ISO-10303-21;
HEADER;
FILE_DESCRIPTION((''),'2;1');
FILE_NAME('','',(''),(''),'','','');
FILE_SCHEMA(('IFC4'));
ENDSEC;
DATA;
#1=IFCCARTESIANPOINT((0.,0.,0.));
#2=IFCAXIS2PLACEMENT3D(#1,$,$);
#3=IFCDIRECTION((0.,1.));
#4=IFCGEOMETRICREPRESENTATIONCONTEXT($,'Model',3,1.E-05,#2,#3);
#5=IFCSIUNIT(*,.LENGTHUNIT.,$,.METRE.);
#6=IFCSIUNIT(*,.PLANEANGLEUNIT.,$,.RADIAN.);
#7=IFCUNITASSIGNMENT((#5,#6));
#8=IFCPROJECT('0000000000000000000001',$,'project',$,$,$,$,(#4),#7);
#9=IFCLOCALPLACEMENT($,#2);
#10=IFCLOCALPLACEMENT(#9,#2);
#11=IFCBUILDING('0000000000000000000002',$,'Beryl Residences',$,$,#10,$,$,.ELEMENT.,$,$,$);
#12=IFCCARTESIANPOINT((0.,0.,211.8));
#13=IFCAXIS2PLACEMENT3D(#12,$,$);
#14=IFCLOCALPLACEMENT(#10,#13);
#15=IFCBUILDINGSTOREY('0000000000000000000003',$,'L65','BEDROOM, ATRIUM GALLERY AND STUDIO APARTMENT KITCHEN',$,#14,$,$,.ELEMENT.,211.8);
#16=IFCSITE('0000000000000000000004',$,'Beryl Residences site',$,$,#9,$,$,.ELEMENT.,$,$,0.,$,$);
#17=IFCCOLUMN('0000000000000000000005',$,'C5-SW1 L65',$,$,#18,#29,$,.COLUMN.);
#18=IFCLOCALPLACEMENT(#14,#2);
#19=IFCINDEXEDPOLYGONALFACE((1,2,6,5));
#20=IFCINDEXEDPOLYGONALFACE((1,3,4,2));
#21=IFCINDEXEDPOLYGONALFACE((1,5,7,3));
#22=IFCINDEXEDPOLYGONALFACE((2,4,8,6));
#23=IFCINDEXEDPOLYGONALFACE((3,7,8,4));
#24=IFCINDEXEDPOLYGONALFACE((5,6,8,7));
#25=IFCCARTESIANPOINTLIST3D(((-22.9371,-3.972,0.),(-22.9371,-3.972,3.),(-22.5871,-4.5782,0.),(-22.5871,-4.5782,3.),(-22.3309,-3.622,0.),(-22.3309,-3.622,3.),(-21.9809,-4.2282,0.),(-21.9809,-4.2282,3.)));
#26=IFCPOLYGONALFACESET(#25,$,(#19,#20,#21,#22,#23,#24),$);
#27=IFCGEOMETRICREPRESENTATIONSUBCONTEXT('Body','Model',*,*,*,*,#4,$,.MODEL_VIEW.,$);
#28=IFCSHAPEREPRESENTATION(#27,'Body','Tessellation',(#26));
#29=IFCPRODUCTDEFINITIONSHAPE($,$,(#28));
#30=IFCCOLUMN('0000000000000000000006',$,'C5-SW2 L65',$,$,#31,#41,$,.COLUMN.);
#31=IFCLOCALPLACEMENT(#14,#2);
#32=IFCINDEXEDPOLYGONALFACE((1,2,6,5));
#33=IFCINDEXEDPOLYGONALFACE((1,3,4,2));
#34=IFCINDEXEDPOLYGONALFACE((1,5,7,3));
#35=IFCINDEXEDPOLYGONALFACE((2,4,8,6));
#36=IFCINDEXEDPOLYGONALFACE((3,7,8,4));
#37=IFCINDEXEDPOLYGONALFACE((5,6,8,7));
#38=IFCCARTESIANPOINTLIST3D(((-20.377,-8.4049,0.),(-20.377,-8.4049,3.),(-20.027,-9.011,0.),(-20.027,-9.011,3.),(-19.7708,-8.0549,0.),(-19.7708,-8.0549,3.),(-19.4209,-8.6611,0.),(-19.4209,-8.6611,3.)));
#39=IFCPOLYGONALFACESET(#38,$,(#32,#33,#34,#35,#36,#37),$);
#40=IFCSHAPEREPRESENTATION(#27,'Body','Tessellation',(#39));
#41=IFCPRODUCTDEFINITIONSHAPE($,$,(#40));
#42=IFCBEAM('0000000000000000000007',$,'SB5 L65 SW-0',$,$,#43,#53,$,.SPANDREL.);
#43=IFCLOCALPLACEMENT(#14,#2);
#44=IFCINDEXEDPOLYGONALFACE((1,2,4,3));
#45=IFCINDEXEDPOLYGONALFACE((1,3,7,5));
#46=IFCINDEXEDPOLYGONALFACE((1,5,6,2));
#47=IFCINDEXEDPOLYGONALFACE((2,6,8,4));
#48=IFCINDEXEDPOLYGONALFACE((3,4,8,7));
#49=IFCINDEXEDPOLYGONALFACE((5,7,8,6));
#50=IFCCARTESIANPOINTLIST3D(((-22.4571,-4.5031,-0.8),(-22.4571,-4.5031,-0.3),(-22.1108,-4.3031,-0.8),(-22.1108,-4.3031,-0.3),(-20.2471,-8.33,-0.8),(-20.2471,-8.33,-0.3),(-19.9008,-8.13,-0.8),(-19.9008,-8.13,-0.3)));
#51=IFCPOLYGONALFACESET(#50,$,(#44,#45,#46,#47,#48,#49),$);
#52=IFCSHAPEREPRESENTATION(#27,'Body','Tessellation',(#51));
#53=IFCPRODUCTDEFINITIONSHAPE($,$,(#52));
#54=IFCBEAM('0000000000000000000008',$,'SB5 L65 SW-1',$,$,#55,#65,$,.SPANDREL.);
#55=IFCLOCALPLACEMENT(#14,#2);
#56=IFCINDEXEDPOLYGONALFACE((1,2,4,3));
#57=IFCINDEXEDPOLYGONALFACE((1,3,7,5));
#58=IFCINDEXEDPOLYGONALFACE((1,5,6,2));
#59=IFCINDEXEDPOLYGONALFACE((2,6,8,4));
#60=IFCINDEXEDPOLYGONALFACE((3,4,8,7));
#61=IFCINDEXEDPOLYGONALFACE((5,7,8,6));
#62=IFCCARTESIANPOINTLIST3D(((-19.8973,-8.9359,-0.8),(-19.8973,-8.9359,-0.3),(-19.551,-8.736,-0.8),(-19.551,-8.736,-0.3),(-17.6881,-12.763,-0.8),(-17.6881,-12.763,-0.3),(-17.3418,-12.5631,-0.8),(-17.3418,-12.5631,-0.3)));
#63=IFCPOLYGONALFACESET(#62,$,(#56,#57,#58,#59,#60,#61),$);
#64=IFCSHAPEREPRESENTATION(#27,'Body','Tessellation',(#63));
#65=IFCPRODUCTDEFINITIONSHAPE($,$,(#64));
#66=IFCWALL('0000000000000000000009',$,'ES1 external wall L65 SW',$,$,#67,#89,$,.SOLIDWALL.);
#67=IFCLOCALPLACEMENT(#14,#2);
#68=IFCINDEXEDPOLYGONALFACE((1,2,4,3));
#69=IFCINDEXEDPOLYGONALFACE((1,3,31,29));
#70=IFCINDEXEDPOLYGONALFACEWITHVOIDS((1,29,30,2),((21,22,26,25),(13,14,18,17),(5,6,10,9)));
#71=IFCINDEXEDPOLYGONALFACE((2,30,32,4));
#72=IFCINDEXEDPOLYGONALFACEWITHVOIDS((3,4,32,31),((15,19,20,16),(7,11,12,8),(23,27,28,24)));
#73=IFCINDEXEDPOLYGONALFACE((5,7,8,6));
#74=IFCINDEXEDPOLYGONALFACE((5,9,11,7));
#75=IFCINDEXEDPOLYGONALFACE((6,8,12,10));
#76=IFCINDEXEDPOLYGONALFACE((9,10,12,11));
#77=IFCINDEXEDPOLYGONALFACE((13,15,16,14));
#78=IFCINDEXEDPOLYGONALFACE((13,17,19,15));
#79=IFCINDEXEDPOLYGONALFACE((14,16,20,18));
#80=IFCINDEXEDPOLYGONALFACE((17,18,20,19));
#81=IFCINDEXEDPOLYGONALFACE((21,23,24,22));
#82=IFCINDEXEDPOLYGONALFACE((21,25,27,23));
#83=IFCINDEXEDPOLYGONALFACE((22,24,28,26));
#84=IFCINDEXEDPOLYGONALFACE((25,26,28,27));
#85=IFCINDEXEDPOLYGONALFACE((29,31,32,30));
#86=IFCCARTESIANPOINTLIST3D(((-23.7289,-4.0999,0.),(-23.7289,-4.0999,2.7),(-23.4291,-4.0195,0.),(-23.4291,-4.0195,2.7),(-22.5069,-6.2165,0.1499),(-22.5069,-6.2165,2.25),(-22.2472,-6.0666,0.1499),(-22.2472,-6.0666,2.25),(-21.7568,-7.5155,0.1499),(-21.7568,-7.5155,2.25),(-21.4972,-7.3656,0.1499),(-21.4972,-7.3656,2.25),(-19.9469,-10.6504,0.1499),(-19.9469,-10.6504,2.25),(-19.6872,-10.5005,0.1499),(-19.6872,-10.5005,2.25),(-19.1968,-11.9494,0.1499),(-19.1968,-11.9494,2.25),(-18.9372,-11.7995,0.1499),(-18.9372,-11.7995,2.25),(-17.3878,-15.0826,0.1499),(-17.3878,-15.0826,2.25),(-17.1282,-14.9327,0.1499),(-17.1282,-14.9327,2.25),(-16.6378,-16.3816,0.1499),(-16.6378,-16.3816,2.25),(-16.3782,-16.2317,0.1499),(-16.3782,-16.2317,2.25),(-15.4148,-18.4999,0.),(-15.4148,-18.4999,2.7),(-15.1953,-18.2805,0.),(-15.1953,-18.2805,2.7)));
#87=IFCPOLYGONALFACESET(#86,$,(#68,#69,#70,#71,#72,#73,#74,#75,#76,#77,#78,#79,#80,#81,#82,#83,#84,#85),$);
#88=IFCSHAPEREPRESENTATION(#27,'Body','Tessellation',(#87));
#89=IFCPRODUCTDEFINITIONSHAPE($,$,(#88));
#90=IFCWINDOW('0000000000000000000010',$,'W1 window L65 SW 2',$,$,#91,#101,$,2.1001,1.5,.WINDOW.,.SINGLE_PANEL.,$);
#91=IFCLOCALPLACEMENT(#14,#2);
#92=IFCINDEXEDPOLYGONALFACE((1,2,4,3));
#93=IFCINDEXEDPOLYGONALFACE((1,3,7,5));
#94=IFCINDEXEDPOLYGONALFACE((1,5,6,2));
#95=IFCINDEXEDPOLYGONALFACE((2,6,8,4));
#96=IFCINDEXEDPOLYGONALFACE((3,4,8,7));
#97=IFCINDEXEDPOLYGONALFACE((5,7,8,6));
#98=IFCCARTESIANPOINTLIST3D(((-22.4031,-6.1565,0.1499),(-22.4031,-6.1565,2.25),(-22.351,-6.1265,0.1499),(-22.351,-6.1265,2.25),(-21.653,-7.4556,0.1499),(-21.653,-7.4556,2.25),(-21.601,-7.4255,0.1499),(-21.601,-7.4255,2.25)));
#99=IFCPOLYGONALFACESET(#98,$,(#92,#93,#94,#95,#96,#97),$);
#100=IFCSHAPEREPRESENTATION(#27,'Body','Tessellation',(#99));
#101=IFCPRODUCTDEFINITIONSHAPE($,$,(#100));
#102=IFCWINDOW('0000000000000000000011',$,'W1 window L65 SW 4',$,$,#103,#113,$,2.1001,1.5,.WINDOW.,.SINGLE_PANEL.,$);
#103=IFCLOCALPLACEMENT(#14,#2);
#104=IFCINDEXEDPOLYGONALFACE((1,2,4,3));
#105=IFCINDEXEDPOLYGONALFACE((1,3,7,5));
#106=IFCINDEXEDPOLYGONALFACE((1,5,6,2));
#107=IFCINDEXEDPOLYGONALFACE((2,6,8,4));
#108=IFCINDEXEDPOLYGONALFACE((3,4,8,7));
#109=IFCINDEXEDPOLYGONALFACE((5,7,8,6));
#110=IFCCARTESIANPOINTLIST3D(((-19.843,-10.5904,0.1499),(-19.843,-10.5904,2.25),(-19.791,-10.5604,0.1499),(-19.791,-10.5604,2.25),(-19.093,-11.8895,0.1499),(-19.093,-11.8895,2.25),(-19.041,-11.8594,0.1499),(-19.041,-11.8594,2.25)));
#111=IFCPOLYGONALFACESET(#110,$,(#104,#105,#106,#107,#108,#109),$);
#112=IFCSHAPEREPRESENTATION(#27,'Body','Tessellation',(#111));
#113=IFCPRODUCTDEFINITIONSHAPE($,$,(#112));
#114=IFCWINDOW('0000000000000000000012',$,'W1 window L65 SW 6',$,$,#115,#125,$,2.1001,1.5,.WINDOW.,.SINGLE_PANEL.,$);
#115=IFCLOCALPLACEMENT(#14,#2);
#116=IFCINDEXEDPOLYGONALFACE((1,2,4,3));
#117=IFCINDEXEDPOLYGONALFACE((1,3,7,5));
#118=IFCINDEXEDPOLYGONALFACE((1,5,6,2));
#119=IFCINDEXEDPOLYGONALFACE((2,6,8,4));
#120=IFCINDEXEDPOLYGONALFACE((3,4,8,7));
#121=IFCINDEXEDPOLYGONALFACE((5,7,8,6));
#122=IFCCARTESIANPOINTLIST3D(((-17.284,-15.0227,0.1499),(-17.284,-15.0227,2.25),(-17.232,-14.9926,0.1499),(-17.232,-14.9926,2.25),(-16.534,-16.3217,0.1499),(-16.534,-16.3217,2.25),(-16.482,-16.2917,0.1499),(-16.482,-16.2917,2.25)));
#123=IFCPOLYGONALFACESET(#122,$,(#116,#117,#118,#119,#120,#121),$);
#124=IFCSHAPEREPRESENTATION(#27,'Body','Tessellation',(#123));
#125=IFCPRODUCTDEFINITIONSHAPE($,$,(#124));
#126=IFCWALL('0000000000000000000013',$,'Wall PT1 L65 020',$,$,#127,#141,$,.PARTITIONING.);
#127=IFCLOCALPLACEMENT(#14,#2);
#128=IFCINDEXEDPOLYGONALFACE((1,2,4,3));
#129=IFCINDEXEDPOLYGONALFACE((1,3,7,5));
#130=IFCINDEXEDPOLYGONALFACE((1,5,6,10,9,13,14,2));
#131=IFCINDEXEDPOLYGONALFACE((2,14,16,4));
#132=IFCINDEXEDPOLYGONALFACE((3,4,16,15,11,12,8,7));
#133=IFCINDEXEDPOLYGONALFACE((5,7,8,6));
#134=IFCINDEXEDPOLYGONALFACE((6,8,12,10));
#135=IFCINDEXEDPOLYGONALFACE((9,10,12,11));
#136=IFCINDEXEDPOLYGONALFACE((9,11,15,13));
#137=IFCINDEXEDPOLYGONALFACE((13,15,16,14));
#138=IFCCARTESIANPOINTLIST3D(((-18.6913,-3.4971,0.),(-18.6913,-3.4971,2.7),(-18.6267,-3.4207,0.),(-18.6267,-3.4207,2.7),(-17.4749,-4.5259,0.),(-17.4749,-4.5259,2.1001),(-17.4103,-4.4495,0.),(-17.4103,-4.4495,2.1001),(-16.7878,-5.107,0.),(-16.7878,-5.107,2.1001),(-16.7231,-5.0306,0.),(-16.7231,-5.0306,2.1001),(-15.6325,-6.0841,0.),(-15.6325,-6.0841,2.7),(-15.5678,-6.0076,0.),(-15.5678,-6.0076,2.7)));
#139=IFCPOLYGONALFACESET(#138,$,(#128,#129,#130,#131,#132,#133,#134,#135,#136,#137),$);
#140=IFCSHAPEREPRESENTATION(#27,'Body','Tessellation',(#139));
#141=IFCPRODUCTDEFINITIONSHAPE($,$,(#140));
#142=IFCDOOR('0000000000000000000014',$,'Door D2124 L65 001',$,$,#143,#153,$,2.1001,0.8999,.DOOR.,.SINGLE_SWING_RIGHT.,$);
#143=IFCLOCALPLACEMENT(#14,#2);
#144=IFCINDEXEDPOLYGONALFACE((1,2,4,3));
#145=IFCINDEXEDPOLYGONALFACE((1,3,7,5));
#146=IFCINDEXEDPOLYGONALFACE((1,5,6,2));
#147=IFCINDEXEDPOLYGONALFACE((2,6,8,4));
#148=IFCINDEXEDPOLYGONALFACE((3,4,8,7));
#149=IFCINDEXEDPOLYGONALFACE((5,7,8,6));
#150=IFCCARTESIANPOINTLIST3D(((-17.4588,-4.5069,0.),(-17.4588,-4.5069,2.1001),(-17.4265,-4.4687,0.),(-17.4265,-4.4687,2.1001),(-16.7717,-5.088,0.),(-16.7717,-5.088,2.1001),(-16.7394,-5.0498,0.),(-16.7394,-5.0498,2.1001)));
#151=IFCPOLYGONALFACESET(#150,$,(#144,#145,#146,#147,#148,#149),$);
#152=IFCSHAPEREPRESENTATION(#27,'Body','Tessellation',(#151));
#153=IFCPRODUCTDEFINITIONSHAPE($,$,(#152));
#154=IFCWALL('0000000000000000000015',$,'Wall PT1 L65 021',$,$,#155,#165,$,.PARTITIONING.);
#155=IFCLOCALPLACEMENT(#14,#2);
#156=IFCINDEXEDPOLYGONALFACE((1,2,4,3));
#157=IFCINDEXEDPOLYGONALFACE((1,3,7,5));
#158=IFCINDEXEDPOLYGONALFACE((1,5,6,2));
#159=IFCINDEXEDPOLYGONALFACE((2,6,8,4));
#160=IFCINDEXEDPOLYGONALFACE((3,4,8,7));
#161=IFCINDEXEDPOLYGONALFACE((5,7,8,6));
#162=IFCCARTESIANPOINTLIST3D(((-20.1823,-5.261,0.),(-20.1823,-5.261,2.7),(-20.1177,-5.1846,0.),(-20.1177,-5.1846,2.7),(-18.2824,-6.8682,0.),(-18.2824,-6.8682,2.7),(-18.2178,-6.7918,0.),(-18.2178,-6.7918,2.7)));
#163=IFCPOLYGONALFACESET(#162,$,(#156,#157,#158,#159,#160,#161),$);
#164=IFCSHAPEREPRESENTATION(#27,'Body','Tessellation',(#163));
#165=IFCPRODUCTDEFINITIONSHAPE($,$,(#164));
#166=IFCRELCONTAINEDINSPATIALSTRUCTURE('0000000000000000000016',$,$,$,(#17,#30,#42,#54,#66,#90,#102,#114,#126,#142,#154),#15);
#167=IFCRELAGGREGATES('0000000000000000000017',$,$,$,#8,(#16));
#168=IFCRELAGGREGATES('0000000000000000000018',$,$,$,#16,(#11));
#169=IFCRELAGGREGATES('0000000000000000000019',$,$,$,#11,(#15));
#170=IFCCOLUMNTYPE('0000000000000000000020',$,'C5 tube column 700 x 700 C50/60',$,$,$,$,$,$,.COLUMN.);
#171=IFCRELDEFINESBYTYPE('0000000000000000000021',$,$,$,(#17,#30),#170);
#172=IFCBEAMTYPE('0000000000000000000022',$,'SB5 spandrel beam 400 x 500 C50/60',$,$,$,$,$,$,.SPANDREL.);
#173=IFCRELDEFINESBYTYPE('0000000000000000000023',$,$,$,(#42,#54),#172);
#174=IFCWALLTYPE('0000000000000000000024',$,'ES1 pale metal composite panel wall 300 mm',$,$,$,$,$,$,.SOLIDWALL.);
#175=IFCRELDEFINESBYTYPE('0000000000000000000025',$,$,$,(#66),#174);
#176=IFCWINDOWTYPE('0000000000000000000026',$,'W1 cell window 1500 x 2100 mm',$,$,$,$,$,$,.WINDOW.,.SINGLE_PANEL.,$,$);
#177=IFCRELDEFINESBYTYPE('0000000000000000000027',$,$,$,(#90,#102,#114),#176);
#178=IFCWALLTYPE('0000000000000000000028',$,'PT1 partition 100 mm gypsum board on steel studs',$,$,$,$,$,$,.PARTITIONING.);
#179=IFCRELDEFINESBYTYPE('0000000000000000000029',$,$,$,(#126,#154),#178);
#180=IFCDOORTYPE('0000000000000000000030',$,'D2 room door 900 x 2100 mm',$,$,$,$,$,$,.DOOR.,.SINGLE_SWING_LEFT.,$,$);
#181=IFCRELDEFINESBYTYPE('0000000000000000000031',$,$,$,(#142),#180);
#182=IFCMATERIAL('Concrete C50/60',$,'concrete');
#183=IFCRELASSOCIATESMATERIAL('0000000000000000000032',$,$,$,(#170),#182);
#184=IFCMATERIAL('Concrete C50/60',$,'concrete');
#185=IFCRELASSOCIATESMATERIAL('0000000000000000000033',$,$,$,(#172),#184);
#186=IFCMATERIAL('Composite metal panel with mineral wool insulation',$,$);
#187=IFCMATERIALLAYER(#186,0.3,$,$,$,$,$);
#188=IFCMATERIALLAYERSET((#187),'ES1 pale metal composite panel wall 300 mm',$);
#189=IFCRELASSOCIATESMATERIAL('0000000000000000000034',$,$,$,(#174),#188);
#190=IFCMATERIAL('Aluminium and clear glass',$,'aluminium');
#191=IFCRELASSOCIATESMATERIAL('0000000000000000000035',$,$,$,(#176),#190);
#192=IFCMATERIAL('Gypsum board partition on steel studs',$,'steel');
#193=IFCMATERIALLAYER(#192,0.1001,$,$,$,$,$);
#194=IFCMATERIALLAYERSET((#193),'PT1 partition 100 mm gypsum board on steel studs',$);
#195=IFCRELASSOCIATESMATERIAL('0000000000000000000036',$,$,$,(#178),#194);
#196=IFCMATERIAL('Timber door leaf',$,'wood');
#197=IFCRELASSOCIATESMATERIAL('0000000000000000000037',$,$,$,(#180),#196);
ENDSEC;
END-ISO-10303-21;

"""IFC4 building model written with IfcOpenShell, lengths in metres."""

from ifc_helpers import new_model, si_unit, direction, frame, frame_2d, origin, origin_2d, place, context, subcontext, project, spatial, polyline, rectangle, outline, extrude, material, layer, layer_set, material_profile, profile_set, type_object, element, fill, save


model = new_model("IFC4")

# Units and contexts
model_context = context("Model", 3, precision=1e-05, world=origin(), true_north=direction((0.0, 1.0)))
body_context = subcontext(model_context, "Body", "Model", "MODEL_VIEW")
ifc_project = project(units=[si_unit("LENGTHUNIT", "METRE"), si_unit("PLANEANGLEUNIT", "RADIAN")], contexts=[model_context])

# Site, building, storey
site_placement = place(None, origin())
site = spatial("IfcSite", under=ifc_project, at=site_placement, Name="Beryl Residences site", CompositionType="ELEMENT", RefElevation=0.0)
building_placement = place(site_placement, origin())
building = spatial("IfcBuilding", under=site, at=building_placement, Name="Beryl Residences", CompositionType="ELEMENT")
storey_placement = place(building_placement, frame((0.0, 0.0, 211.8)))
storey = spatial("IfcBuildingStorey", under=building, at=storey_placement, Name="L65", Description="BEDROOM, ATRIUM GALLERY AND STUDIO APARTMENT KITCHEN", CompositionType="ELEMENT", Elevation=211.8)

# Columns
ifc_material_1 = material(Name="Concrete C50/60", Category="concrete")
ifc_material_profile_1 = material_profile(ifc_material_1, rectangle(XDim=0.7, YDim=0.7, at=origin_2d()))
ifc_profile_set_1 = profile_set([ifc_material_profile_1], Name="Concrete C50/60")
column_type = type_object("IfcColumnType", Name="C5 tube column 700 x 700 C50/60", PredefinedType="COLUMN", material=ifc_profile_set_1)
for number, where, z_axis, x_axis, name in (
    (1, (-22.459, -4.1001, 0.0), (0.0, 0.0, 1.0), (0.499985, -0.866034, 0.0), "C5-SW1 L65"),
    (2, (-19.8989, -8.533, 0.0), (0.0, 0.0, 1.0), (0.499985, -0.866034, 0.0), "C5-SW2 L65"),
):
    element("IfcColumn", number, at=place(storey_placement, frame(where, z_axis=z_axis, x_axis=x_axis)), inside=storey, type_object=column_type, Name=name, PredefinedType="COLUMN", context=body_context, shape_type="SweptSolid", body=[
        extrude(rectangle(XDim=0.7, YDim=0.7, at=origin_2d()), origin(), (0.0, 0.0, 1.0), 3.0),
    ])

# Beams
ifc_material_2 = material(Name="Concrete C50/60", Category="concrete")
ifc_material_profile_2 = material_profile(ifc_material_2, rectangle(XDim=0.3999, YDim=0.5, at=origin_2d()))
ifc_profile_set_2 = profile_set([ifc_material_profile_2], Name="Concrete C50/60")
beam_type = type_object("IfcBeamType", Name="SB5 spandrel beam 400 x 500 C50/60", PredefinedType="SPANDREL", material=ifc_profile_set_2)
beam_1_placement = place(storey_placement, frame((-22.2839, -4.4031, -0.55), z_axis=(0.500084, -0.865977, 0.0), x_axis=(0.865977, 0.500084, 0.0)))
element("IfcBeam", 3, at=beam_1_placement, inside=storey, type_object=beam_type, Name="SB5 L65 SW-0", PredefinedType="SPANDREL", context=body_context, shape_type="SweptSolid", body=[
    extrude(rectangle(XDim=0.3999, YDim=0.5, at=origin_2d()), origin(), (0.0, 0.0, 1.0), 4.4192),
])
beam_2_placement = place(storey_placement, frame((-19.7241, -8.8359, -0.55), z_axis=(0.499936, -0.866062, 0.0), x_axis=(0.866062, 0.499936, 0.0)))
element("IfcBeam", 4, at=beam_2_placement, inside=storey, type_object=beam_type, Name="SB5 L65 SW-1", PredefinedType="SPANDREL", context=body_context, shape_type="SweptSolid", body=[
    extrude(rectangle(XDim=0.3999, YDim=0.5, at=origin_2d()), origin(), (0.0, 0.0, 1.0), 4.4189),
])

# Wall, openings, windows
ifc_material_3 = material(Name="Composite metal panel with mineral wool insulation")
ifc_layer_1 = layer(ifc_material_3, 0.3)
ifc_layer_set_1 = layer_set([ifc_layer_1], Name="ES1 pale metal composite panel wall 300 mm")
wall_type_1 = type_object("IfcWallType", Name="ES1 pale metal composite panel wall 300 mm", PredefinedType="SOLIDWALL", material=ifc_layer_set_1)
wall_1_placement = place(storey_placement, frame((-23.5991, -4.0249, 0.0), z_axis=(0.0, 0.0, 1.0), x_axis=(0.500013, -0.866018, 0.0)))
wall_1 = element("IfcWall", 5, at=wall_1_placement, inside=storey, type_object=wall_type_1, Name="ES1 external wall L65 SW", PredefinedType="SOLIDWALL", context=body_context, shape_type="SweptSolid", body=[
    extrude(outline(polyline([(0.0, -0.1499), (16.6279, -0.1499), (16.5476, 0.1499), (0.0803, 0.1499), (0.0, -0.1499)])), origin(), (0.0, 0.0, 1.0), 2.7),
])
opening_1_placement = place(wall_1_placement, frame((2.4441, 0.0, 0.1499)))
opening_1 = element("IfcOpeningElement", 6, at=opening_1_placement, cuts=wall_1, PredefinedType="OPENING", context=body_context, shape_type="SweptSolid", body=[
    extrude(rectangle(XDim=1.5, YDim=2.1001, at=frame_2d((0.75, 1.05))), frame((0.0, 0.1599, 0.0), z_axis=(0.0, -1.0, 0.0), x_axis=(1.0, 0.0, 0.0)), (0.0, 0.0, 1.0), 0.3201),
])
opening_2_placement = place(wall_1_placement, frame((7.564, 0.0, 0.1499)))
opening_2 = element("IfcOpeningElement", 7, at=opening_2_placement, cuts=wall_1, PredefinedType="OPENING", context=body_context, shape_type="SweptSolid", body=[
    extrude(rectangle(XDim=1.5, YDim=2.1001, at=frame_2d((0.75, 1.05))), frame((0.0, 0.1599, 0.0), z_axis=(0.0, -1.0, 0.0), x_axis=(1.0, 0.0, 0.0)), (0.0, 0.0, 1.0), 0.3201),
])
opening_3_placement = place(wall_1_placement, frame((12.6819, 0.0, 0.1499)))
opening_3 = element("IfcOpeningElement", 8, at=opening_3_placement, cuts=wall_1, PredefinedType="OPENING", context=body_context, shape_type="SweptSolid", body=[
    extrude(rectangle(XDim=1.5, YDim=2.1001, at=frame_2d((0.75, 1.05))), frame((0.0, 0.1599, 0.0), z_axis=(0.0, -1.0, 0.0), x_axis=(1.0, 0.0, 0.0)), (0.0, 0.0, 1.0), 0.3201),
])
ifc_material_4 = material(Name="Aluminium and clear glass", Category="aluminium")
window_type = type_object("IfcWindowType", Name="W1 cell window 1500 x 2100 mm", PartitioningType="SINGLE_PANEL", PredefinedType="WINDOW", material=ifc_material_4)
window_1_placement = place(opening_1_placement, origin())
window_1 = element("IfcWindow", 9, at=window_1_placement, inside=storey, type_object=window_type, Name="W1 window L65 SW 2", OverallHeight=2.1001, OverallWidth=1.5, PartitioningType="SINGLE_PANEL", PredefinedType="WINDOW", context=body_context, shape_type="SweptSolid", body=[
    extrude(rectangle(XDim=1.5, YDim=2.1001, at=frame_2d((0.75, 1.05))), frame((0.0, 0.03, 0.0), z_axis=(0.0, -1.0, 0.0), x_axis=(1.0, 0.0, 0.0)), (0.0, 0.0, 1.0), 0.0601),
])
fill(opening_1, window_1)
window_2_placement = place(opening_2_placement, origin())
window_2 = element("IfcWindow", 10, at=window_2_placement, inside=storey, type_object=window_type, Name="W1 window L65 SW 4", OverallHeight=2.1001, OverallWidth=1.5, PartitioningType="SINGLE_PANEL", PredefinedType="WINDOW", context=body_context, shape_type="SweptSolid", body=[
    extrude(rectangle(XDim=1.5, YDim=2.1001, at=frame_2d((0.75, 1.05))), frame((0.0, 0.03, 0.0), z_axis=(0.0, -1.0, 0.0), x_axis=(1.0, 0.0, 0.0)), (0.0, 0.0, 1.0), 0.0601),
])
fill(opening_2, window_2)
window_3_placement = place(opening_3_placement, origin())
window_3 = element("IfcWindow", 11, at=window_3_placement, inside=storey, type_object=window_type, Name="W1 window L65 SW 6", OverallHeight=2.1001, OverallWidth=1.5, PartitioningType="SINGLE_PANEL", PredefinedType="WINDOW", context=body_context, shape_type="SweptSolid", body=[
    extrude(rectangle(XDim=1.5, YDim=2.1001, at=frame_2d((0.75, 1.05))), frame((0.0, 0.03, 0.0), z_axis=(0.0, -1.0, 0.0), x_axis=(1.0, 0.0, 0.0)), (0.0, 0.0, 1.0), 0.0601),
])
fill(opening_3, window_3)

# Wall, opening, door
ifc_material_5 = material(Name="Gypsum board partition on steel studs", Category="steel")
ifc_layer_2 = layer(ifc_material_5, 0.1001)
ifc_layer_set_2 = layer_set([ifc_layer_2], Name="PT1 partition 100 mm gypsum board on steel studs")
wall_type_2 = type_object("IfcWallType", Name="PT1 partition 100 mm gypsum board on steel studs", PredefinedType="PARTITIONING", material=ifc_layer_set_2)
wall_2_placement = place(storey_placement, frame((-18.6589, -3.459, 0.0), z_axis=(0.0, 0.0, 1.0), x_axis=(0.76355, -0.645748, 0.0)))
wall_2 = element("IfcWall", 12, at=wall_2_placement, inside=storey, type_object=wall_type_2, Name="Wall PT1 L65 020", PredefinedType="PARTITIONING", context=body_context, shape_type="SweptSolid", body=[
    extrude(rectangle(XDim=4.0061, YDim=0.1001, at=frame_2d((2.0029, 0.0))), origin(), (0.0, 0.0, 1.0), 2.7),
])
opening_4_placement = place(wall_2_placement, frame((1.593, 0.0, 0.0)))
opening_4 = element("IfcOpeningElement", 13, at=opening_4_placement, cuts=wall_2, PredefinedType="OPENING", context=body_context, shape_type="SweptSolid", body=[
    extrude(rectangle(XDim=0.8999, YDim=2.1001, at=frame_2d((0.45, 1.05))), frame((0.0, 0.0601, 0.0), z_axis=(0.0, -1.0, 0.0), x_axis=(1.0, 0.0, 0.0)), (0.0, 0.0, 1.0), 0.1201),
])
ifc_material_6 = material(Name="Timber door leaf", Category="wood")
door_type_1 = type_object("IfcDoorType", Name="D2 room door 900 x 2100 mm", OperationType="SINGLE_SWING_LEFT", PredefinedType="DOOR", material=ifc_material_6)
door_1_placement = place(opening_4_placement, origin())
door_1 = element("IfcDoor", 14, at=door_1_placement, inside=storey, type_object=door_type_1, Name="Door D2124 L65 001", OperationType="SINGLE_SWING_RIGHT", OverallHeight=2.1001, OverallWidth=0.8999, PredefinedType="DOOR", context=body_context, shape_type="SweptSolid", body=[
    extrude(rectangle(XDim=0.8999, YDim=2.1001, at=frame_2d((0.45, 1.05))), frame((0.0, 0.0249, 0.0), z_axis=(0.0, -1.0, 0.0), x_axis=(1.0, 0.0, 0.0)), (0.0, 0.0, 1.0), 0.05),
])
fill(opening_4, door_1)

# Wall
wall_3_placement = place(storey_placement, frame((-20.1499, -5.2229, 0.0), z_axis=(0.0, 0.0, 1.0), x_axis=(0.763472, -0.645841, 0.0)))
element("IfcWall", 15, at=wall_3_placement, inside=storey, type_object=wall_type_2, Name="Wall PT1 L65 021", PredefinedType="PARTITIONING", context=body_context, shape_type="SweptSolid", body=[
    extrude(rectangle(XDim=2.4885, YDim=0.1001, at=frame_2d((1.2441, 0.0))), origin(), (0.0, 0.0, 1.0), 2.7),
])

save(model, "model.ifc")
